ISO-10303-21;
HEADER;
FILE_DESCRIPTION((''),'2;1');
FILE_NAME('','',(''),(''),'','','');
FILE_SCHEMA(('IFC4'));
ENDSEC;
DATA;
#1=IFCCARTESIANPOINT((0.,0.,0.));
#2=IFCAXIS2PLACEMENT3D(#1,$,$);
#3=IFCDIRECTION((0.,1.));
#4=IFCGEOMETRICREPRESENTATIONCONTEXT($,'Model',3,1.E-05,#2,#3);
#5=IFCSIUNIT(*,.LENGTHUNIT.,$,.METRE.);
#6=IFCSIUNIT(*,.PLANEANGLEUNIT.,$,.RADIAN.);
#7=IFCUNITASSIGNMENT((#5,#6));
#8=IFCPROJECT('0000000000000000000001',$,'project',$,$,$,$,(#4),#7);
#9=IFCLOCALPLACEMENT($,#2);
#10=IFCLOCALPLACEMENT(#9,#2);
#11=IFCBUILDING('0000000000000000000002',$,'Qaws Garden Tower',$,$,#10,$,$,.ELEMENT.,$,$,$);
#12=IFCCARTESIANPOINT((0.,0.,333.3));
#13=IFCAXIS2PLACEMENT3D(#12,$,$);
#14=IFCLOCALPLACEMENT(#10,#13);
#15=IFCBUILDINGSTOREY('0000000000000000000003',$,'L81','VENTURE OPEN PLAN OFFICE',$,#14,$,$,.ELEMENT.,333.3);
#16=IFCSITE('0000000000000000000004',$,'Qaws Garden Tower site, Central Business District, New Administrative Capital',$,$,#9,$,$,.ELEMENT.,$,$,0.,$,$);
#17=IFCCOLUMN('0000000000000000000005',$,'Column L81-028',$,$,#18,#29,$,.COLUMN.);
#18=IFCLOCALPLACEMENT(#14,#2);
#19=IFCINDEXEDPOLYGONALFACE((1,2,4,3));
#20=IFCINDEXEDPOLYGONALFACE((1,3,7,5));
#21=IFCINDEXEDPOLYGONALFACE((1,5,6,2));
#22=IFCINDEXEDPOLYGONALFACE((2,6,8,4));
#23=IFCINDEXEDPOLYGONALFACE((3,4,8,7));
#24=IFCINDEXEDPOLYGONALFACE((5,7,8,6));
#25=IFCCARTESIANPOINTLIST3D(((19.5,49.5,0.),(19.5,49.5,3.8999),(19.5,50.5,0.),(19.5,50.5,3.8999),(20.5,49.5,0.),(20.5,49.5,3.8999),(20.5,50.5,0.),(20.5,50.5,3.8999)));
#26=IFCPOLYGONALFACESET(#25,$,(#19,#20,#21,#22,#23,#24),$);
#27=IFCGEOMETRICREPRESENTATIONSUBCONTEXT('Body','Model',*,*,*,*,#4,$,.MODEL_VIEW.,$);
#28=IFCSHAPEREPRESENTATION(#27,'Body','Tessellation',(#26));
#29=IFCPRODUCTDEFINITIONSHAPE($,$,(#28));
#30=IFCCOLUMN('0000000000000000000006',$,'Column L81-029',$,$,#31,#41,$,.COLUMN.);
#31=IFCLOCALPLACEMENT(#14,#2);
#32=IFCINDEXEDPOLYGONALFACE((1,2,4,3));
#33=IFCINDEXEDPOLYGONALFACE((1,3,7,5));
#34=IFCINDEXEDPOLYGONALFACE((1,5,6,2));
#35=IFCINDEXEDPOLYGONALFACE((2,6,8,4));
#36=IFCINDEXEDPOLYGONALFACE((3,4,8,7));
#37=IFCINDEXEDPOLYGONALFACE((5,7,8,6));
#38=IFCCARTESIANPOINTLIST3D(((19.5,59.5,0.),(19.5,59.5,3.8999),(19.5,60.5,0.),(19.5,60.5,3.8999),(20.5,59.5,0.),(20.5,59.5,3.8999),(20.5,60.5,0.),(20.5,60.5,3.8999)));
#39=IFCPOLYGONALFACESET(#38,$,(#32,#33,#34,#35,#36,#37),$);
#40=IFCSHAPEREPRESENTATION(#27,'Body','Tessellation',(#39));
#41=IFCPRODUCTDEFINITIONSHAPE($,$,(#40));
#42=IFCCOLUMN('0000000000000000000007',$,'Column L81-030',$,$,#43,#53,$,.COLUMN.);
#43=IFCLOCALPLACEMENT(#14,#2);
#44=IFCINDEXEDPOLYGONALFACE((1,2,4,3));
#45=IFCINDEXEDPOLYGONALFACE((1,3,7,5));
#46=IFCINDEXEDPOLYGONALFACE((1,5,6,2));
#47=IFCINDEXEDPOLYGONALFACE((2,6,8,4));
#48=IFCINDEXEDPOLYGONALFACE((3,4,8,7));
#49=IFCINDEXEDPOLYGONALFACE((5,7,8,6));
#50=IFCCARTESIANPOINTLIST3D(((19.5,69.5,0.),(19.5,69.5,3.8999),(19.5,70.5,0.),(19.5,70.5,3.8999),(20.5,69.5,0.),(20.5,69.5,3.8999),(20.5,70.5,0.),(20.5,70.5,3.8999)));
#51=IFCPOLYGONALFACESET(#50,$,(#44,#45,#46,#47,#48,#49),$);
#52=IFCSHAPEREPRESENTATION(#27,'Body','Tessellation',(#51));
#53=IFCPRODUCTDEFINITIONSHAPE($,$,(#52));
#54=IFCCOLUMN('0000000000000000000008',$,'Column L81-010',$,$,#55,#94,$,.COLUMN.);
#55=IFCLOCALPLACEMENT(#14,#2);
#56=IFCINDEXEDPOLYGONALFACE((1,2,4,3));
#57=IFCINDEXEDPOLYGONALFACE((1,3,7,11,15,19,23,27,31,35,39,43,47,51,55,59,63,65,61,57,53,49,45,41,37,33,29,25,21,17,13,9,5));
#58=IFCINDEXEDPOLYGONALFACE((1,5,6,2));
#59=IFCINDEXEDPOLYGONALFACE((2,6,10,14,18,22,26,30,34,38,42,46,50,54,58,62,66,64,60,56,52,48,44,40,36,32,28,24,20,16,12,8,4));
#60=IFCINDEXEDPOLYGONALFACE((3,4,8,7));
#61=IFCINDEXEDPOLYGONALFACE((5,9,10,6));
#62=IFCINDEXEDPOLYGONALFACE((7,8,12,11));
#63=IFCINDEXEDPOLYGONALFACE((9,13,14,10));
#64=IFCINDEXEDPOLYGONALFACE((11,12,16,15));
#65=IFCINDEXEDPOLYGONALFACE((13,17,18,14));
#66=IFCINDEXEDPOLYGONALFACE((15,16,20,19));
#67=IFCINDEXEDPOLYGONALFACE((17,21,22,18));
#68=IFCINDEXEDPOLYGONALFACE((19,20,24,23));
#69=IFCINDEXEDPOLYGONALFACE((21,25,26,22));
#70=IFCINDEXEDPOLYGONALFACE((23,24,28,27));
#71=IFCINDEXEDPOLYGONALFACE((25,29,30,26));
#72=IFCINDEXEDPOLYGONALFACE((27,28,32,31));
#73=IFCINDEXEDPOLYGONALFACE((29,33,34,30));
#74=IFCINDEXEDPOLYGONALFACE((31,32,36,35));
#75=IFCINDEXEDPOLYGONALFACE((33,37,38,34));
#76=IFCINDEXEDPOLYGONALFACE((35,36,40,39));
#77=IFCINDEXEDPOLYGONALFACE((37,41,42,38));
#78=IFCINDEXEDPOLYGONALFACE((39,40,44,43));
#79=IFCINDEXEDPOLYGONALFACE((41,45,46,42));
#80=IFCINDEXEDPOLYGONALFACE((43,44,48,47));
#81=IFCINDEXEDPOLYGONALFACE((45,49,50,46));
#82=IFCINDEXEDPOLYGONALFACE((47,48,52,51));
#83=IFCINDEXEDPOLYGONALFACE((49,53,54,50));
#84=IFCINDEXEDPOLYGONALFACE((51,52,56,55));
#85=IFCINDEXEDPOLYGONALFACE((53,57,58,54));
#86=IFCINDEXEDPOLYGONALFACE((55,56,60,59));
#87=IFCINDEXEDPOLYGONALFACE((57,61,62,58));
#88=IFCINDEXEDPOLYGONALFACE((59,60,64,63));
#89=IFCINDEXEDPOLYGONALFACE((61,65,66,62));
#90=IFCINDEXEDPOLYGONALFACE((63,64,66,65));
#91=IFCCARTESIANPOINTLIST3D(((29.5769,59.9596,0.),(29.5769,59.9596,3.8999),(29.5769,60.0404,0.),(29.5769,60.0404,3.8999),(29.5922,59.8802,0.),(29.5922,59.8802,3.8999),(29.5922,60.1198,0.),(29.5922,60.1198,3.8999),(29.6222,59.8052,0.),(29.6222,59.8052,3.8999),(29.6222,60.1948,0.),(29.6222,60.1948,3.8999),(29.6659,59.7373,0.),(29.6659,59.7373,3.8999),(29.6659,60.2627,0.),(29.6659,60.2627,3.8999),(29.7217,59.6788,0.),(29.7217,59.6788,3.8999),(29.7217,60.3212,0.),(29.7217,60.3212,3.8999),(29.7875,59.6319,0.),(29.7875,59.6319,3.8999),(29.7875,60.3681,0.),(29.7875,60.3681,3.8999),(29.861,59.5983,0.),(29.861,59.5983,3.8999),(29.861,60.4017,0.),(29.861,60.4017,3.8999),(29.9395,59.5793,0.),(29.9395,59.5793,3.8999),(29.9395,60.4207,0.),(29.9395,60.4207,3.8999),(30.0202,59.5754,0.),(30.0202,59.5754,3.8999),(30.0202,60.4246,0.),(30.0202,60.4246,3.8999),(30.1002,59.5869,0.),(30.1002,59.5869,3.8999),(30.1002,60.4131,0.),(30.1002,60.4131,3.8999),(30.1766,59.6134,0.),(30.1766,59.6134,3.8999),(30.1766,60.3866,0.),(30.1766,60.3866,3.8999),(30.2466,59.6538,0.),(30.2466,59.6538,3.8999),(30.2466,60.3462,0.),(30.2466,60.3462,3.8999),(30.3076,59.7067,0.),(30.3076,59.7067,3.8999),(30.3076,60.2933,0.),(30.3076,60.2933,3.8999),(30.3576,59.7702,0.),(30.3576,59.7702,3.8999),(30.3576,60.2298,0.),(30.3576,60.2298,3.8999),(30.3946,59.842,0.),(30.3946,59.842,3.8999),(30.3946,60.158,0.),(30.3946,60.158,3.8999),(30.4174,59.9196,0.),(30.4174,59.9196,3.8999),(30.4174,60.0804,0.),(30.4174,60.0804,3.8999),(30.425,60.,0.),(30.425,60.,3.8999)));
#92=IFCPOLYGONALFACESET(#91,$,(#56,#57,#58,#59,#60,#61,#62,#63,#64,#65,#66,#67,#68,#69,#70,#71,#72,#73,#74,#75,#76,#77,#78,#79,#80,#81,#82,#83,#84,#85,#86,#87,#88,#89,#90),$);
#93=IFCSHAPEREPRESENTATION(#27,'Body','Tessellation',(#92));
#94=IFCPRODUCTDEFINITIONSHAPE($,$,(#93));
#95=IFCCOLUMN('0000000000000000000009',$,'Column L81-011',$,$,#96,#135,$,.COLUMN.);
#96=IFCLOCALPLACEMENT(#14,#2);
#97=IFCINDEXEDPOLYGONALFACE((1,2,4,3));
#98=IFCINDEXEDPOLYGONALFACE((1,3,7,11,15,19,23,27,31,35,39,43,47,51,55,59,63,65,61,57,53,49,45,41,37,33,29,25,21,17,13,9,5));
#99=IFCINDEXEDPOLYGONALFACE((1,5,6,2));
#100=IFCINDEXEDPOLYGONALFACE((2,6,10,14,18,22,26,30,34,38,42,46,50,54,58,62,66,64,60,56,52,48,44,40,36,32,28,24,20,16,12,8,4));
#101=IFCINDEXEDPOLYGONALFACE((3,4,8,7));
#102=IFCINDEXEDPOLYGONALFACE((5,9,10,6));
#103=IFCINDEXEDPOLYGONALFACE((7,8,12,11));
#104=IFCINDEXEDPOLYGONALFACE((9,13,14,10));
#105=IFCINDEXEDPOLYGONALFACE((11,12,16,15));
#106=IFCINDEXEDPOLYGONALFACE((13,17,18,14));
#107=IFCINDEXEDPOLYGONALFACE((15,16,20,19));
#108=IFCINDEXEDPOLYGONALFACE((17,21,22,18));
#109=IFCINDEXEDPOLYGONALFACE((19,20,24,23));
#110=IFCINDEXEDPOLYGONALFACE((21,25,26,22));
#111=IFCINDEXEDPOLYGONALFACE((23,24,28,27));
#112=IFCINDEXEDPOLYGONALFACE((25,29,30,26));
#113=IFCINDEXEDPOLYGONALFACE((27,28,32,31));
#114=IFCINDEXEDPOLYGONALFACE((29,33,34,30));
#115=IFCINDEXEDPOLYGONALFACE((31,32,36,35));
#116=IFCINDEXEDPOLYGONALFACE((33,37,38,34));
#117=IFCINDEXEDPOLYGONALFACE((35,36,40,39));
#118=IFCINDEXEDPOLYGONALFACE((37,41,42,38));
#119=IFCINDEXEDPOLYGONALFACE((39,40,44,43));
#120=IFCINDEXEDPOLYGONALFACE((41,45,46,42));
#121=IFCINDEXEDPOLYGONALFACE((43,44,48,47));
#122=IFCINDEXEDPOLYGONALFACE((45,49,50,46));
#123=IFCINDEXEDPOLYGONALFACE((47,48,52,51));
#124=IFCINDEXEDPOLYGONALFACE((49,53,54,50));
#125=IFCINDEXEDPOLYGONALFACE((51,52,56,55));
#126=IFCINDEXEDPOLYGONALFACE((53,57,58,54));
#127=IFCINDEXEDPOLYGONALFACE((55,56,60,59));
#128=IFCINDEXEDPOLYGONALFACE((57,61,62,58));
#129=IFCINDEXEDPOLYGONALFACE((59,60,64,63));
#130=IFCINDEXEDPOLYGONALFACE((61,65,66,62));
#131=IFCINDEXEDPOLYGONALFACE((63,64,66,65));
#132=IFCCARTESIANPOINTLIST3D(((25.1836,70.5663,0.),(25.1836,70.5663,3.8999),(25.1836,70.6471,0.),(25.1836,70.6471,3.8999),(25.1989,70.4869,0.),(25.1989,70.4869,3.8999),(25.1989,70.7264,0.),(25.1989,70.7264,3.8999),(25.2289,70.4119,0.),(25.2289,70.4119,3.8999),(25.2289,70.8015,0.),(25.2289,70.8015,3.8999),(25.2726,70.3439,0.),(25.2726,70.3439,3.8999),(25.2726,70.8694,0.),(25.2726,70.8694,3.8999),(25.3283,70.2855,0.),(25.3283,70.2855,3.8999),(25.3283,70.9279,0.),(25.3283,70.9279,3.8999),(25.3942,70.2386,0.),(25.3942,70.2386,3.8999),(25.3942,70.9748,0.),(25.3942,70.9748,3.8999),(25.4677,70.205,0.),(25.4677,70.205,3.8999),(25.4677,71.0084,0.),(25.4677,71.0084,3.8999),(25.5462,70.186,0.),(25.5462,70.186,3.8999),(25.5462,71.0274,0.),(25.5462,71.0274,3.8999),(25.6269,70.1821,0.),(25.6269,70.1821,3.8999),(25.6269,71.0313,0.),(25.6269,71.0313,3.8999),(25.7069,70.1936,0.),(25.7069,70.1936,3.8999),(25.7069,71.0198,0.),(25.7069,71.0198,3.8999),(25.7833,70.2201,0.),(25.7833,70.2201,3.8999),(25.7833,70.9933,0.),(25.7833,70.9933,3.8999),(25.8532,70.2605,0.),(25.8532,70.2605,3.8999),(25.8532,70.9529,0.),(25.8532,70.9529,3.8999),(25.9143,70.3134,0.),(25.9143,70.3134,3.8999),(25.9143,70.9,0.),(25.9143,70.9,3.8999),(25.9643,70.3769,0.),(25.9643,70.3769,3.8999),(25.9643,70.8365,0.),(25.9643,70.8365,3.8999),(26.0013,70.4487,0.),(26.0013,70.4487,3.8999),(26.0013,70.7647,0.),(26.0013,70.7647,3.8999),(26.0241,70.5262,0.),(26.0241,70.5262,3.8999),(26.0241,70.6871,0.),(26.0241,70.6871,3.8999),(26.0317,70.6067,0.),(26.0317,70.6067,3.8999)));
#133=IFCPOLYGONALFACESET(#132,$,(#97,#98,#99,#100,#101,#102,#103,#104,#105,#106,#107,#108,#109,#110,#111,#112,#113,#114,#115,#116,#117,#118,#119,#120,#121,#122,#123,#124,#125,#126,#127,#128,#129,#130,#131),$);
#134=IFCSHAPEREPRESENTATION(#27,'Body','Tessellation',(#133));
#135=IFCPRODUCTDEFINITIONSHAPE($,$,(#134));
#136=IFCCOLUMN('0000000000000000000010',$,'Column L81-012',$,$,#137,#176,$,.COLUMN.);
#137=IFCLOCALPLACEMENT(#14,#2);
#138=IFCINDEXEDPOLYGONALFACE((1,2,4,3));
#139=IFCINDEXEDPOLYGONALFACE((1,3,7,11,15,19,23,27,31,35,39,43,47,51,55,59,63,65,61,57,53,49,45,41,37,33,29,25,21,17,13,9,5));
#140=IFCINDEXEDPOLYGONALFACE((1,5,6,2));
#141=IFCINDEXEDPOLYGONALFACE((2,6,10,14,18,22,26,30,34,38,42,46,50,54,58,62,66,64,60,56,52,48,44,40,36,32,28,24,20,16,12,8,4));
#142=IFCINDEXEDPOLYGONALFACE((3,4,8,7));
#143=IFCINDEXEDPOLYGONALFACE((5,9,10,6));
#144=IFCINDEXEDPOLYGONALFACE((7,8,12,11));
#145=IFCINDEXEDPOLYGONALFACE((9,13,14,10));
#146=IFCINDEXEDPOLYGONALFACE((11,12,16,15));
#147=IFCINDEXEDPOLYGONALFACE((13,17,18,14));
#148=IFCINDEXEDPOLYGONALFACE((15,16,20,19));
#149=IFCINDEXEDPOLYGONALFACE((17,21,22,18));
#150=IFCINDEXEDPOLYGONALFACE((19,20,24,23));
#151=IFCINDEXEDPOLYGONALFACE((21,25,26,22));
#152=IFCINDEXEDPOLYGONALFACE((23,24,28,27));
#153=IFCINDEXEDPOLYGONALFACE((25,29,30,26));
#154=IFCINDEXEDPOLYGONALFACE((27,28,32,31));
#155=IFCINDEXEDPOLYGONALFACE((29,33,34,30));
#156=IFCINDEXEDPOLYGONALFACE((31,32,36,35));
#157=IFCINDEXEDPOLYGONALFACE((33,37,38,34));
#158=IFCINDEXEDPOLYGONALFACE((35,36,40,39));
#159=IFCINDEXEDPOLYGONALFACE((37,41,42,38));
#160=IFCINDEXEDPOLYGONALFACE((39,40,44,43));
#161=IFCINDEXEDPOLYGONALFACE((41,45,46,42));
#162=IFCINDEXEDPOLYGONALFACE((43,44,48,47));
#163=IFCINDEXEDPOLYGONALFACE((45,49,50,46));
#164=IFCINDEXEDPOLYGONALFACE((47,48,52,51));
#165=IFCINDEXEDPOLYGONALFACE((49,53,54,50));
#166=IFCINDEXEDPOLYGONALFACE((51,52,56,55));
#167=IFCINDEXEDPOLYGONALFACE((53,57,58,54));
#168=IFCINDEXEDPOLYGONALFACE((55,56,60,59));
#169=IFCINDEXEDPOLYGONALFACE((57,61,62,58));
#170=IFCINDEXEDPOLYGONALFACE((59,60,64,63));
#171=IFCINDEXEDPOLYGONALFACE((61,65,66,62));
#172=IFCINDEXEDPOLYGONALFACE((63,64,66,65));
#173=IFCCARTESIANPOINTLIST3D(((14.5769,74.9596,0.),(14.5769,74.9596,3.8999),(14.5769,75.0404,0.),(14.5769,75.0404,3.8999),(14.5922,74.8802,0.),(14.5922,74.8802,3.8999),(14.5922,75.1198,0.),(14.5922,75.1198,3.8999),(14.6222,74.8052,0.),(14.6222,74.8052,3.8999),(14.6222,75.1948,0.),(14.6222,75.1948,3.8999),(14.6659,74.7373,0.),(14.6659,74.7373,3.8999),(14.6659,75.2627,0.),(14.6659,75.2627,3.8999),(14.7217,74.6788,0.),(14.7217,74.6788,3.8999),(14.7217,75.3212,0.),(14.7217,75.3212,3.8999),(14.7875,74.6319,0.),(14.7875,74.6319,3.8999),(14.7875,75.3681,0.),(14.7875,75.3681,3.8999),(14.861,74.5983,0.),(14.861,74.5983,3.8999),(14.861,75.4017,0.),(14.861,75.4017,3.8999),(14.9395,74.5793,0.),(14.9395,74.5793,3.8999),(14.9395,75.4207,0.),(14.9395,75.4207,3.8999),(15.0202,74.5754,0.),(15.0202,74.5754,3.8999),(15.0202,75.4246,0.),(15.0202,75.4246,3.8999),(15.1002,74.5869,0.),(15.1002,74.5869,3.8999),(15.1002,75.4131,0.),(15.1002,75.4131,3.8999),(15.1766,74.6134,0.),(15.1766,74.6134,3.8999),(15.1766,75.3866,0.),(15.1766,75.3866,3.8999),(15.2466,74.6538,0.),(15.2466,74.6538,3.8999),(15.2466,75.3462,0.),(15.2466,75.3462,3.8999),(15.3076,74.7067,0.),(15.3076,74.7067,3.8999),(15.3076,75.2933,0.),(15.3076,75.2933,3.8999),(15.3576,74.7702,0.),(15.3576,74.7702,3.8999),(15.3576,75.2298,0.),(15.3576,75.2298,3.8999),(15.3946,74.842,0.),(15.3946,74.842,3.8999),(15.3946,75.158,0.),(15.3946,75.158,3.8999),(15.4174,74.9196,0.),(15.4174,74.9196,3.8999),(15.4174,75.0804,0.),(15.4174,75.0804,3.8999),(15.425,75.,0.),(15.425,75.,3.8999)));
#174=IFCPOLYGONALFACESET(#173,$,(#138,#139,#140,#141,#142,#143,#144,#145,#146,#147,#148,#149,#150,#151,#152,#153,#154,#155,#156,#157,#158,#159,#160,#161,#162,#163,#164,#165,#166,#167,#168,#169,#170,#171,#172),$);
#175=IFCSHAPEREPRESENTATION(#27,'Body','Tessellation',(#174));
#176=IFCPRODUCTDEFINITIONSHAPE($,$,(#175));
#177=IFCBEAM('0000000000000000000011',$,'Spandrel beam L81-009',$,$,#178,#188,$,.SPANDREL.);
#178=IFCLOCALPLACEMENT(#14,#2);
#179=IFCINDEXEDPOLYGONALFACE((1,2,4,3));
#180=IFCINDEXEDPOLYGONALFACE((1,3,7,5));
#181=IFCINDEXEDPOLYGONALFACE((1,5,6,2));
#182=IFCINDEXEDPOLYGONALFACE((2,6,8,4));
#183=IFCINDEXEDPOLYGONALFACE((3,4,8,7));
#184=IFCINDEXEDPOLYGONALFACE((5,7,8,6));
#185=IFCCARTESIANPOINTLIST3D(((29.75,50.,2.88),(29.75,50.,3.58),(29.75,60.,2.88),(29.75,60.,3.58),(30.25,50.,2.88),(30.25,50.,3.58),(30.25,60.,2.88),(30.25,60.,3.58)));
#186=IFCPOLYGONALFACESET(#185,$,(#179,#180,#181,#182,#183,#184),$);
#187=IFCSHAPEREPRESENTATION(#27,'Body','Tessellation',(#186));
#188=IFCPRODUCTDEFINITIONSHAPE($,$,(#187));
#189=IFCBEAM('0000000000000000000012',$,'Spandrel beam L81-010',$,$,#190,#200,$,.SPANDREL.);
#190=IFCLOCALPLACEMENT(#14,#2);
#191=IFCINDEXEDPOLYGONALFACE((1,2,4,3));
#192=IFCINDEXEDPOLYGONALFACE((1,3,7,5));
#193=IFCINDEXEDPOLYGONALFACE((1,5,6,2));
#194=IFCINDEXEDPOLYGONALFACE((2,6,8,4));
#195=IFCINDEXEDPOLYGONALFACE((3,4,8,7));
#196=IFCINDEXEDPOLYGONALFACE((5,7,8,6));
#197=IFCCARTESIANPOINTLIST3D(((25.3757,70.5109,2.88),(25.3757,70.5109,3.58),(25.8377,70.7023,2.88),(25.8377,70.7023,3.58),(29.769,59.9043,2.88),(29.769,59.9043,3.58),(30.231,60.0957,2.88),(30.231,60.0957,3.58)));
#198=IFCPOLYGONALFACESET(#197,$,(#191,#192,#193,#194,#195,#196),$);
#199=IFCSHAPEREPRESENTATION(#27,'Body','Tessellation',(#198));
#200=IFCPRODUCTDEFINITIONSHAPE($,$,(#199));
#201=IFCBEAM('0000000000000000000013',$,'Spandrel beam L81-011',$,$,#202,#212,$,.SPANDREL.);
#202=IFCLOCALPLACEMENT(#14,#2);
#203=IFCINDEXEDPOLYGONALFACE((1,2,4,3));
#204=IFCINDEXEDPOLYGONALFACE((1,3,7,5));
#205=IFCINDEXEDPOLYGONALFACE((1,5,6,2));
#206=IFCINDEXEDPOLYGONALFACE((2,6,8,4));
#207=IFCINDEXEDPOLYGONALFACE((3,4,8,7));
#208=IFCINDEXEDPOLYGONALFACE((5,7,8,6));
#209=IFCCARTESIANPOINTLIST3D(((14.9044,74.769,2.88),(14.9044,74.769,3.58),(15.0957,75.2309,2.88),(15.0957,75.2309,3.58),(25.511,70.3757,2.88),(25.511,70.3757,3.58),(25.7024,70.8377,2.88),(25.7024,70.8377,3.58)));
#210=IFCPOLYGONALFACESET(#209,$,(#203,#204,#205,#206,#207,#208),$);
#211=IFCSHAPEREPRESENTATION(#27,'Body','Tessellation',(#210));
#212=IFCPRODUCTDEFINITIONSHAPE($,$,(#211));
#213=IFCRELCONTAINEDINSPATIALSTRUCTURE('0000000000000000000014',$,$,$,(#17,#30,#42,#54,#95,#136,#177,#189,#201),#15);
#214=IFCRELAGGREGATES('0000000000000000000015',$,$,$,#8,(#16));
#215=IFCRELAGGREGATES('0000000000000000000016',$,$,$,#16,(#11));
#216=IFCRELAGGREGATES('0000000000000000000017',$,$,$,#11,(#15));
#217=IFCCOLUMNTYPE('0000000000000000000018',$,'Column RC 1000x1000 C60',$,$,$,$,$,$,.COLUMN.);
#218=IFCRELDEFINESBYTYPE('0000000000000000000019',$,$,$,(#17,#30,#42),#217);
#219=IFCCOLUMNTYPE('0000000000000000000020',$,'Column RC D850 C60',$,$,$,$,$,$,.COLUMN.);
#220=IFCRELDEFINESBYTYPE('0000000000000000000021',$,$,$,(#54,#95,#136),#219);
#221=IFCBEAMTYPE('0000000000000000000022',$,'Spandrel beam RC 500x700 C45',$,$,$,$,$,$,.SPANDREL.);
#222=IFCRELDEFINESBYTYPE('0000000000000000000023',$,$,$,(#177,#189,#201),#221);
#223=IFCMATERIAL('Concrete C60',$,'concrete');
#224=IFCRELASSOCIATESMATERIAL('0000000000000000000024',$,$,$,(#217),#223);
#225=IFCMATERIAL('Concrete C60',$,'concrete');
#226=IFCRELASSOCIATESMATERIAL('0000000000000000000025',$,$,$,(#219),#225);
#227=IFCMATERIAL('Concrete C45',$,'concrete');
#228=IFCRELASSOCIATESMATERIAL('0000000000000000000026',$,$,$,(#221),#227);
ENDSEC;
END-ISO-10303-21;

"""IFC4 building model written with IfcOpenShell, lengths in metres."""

from ifc_helpers import new_model, si_unit, direction, frame, origin, origin_2d, place, context, subcontext, project, spatial, rectangle, circle, extrude, material, material_profile, profile_set, type_object, element, save


model = new_model("IFC4")

# Units and contexts
model_context = context("Model", 3, precision=1e-05, world=origin(), true_north=direction((0.0, 1.0)))
body_context = subcontext(model_context, "Body", "Model", "MODEL_VIEW")
ifc_project = project(units=[si_unit("LENGTHUNIT", "METRE"), si_unit("PLANEANGLEUNIT", "RADIAN")], contexts=[model_context])

# Site, building, storey
site_placement = place(None, origin())
site = spatial("IfcSite", under=ifc_project, at=site_placement, Name="Qaws Garden Tower site, Central Business District, New Administrative Capital", CompositionType="ELEMENT", RefElevation=0.0)
building_placement = place(site_placement, origin())
building = spatial("IfcBuilding", under=site, at=building_placement, Name="Qaws Garden Tower", CompositionType="ELEMENT")
storey_placement = place(building_placement, frame((0.0, 0.0, 333.3)))
storey = spatial("IfcBuildingStorey", under=building, at=storey_placement, Name="L81", Description="VENTURE OPEN PLAN OFFICE", CompositionType="ELEMENT", Elevation=333.3)

# Columns
ifc_material_1 = material(Name="Concrete C60", Category="concrete")
ifc_material_profile_1 = material_profile(ifc_material_1, rectangle(XDim=1.0, YDim=1.0, at=origin_2d()), Name="RC 1000x1000")
ifc_profile_set_1 = profile_set([ifc_material_profile_1], Name="Concrete C60")
column_type_1 = type_object("IfcColumnType", Name="Column RC 1000x1000 C60", PredefinedType="COLUMN", material=ifc_profile_set_1)
for number, where, z_axis, x_axis, name in (
    (1, (20.0, 50.0, 0.0), (0.0, 0.0, 1.0), (1.0, 0.0, 0.0), "Column L81-028"),
    (2, (20.0, 60.0, 0.0), (0.0, 0.0, 1.0), (1.0, 0.0, 0.0), "Column L81-029"),
    (3, (20.0, 70.0, 0.0), (0.0, 0.0, 1.0), (1.0, 0.0, 0.0), "Column L81-030"),
):
    element("IfcColumn", number, at=place(storey_placement, frame(where, z_axis=z_axis, x_axis=x_axis)), inside=storey, type_object=column_type_1, Name=name, PredefinedType="COLUMN", context=body_context, shape_type="SweptSolid", body=[
        extrude(rectangle(XDim=1.0, YDim=1.0, at=origin_2d()), origin(), (0.0, 0.0, 1.0), 3.8999),
    ])
ifc_material_2 = material(Name="Concrete C60", Category="concrete")
ifc_material_profile_2 = material_profile(ifc_material_2, circle(Radius=0.425, at=origin_2d()), Name="RC D850")
ifc_profile_set_2 = profile_set([ifc_material_profile_2], Name="Concrete C60")
column_type_2 = type_object("IfcColumnType", Name="Column RC D850 C60", PredefinedType="COLUMN", material=ifc_profile_set_2)
for number, where, z_axis, x_axis, name in (
    (4, (30.0, 60.0, 0.0), (0.0, 0.0, 1.0), (1.0, 0.0, 0.0), "Column L81-010"),
    (5, (25.6067, 70.6067, 0.0), (0.0, 0.0, 1.0), (1.0, 0.0, 0.0), "Column L81-011"),
    (6, (15.0, 75.0, 0.0), (0.0, 0.0, 1.0), (1.0, 0.0, 0.0), "Column L81-012"),
):
    element("IfcColumn", number, at=place(storey_placement, frame(where, z_axis=z_axis, x_axis=x_axis)), inside=storey, type_object=column_type_2, Name=name, PredefinedType="COLUMN", context=body_context, shape_type="SweptSolid", body=[
        extrude(circle(Radius=0.425, at=origin_2d()), origin(), (0.0, 0.0, 1.0), 3.8999),
    ])

# Beams
ifc_material_3 = material(Name="Concrete C45", Category="concrete")
ifc_material_profile_3 = material_profile(ifc_material_3, rectangle(XDim=0.5, YDim=0.7, at=origin_2d()), Name="RC 500x700")
ifc_profile_set_3 = profile_set([ifc_material_profile_3], Name="Concrete C45")
beam_type = type_object("IfcBeamType", Name="Spandrel beam RC 500x700 C45", PredefinedType="SPANDREL", material=ifc_profile_set_3)
beam_placement = place(storey_placement, frame((30.0, 50.0, 3.23), z_axis=(0.0, 1.0, 0.0), x_axis=(-1.0, 0.0, 0.0)))
element("IfcBeam", 7, at=beam_placement, inside=storey, type_object=beam_type, Name="Spandrel beam L81-009", PredefinedType="SPANDREL", context=body_context, shape_type="SweptSolid", body=[
    extrude(rectangle(XDim=0.5, YDim=0.7, at=origin_2d()), origin(), (0.0, 0.0, 1.0), 10.0),
])
for number, where, z_axis, x_axis, name in (
    (8, (30.0, 60.0, 3.23), (-0.382674, 0.923883, 0.0), (-0.923883, -0.382674, 0.0), "Spandrel beam L81-010"),
    (9, (25.6067, 70.6067, 3.23), (-0.923883, 0.382674, 0.0), (-0.382674, -0.923883, 0.0), "Spandrel beam L81-011"),
):
    element("IfcBeam", number, at=place(storey_placement, frame(where, z_axis=z_axis, x_axis=x_axis)), inside=storey, type_object=beam_type, Name=name, PredefinedType="SPANDREL", context=body_context, shape_type="SweptSolid", body=[
        extrude(rectangle(XDim=0.5, YDim=0.7, at=origin_2d()), origin(), (0.0, 0.0, 1.0), 11.4805),
    ])

save(model, "model.ifc")
